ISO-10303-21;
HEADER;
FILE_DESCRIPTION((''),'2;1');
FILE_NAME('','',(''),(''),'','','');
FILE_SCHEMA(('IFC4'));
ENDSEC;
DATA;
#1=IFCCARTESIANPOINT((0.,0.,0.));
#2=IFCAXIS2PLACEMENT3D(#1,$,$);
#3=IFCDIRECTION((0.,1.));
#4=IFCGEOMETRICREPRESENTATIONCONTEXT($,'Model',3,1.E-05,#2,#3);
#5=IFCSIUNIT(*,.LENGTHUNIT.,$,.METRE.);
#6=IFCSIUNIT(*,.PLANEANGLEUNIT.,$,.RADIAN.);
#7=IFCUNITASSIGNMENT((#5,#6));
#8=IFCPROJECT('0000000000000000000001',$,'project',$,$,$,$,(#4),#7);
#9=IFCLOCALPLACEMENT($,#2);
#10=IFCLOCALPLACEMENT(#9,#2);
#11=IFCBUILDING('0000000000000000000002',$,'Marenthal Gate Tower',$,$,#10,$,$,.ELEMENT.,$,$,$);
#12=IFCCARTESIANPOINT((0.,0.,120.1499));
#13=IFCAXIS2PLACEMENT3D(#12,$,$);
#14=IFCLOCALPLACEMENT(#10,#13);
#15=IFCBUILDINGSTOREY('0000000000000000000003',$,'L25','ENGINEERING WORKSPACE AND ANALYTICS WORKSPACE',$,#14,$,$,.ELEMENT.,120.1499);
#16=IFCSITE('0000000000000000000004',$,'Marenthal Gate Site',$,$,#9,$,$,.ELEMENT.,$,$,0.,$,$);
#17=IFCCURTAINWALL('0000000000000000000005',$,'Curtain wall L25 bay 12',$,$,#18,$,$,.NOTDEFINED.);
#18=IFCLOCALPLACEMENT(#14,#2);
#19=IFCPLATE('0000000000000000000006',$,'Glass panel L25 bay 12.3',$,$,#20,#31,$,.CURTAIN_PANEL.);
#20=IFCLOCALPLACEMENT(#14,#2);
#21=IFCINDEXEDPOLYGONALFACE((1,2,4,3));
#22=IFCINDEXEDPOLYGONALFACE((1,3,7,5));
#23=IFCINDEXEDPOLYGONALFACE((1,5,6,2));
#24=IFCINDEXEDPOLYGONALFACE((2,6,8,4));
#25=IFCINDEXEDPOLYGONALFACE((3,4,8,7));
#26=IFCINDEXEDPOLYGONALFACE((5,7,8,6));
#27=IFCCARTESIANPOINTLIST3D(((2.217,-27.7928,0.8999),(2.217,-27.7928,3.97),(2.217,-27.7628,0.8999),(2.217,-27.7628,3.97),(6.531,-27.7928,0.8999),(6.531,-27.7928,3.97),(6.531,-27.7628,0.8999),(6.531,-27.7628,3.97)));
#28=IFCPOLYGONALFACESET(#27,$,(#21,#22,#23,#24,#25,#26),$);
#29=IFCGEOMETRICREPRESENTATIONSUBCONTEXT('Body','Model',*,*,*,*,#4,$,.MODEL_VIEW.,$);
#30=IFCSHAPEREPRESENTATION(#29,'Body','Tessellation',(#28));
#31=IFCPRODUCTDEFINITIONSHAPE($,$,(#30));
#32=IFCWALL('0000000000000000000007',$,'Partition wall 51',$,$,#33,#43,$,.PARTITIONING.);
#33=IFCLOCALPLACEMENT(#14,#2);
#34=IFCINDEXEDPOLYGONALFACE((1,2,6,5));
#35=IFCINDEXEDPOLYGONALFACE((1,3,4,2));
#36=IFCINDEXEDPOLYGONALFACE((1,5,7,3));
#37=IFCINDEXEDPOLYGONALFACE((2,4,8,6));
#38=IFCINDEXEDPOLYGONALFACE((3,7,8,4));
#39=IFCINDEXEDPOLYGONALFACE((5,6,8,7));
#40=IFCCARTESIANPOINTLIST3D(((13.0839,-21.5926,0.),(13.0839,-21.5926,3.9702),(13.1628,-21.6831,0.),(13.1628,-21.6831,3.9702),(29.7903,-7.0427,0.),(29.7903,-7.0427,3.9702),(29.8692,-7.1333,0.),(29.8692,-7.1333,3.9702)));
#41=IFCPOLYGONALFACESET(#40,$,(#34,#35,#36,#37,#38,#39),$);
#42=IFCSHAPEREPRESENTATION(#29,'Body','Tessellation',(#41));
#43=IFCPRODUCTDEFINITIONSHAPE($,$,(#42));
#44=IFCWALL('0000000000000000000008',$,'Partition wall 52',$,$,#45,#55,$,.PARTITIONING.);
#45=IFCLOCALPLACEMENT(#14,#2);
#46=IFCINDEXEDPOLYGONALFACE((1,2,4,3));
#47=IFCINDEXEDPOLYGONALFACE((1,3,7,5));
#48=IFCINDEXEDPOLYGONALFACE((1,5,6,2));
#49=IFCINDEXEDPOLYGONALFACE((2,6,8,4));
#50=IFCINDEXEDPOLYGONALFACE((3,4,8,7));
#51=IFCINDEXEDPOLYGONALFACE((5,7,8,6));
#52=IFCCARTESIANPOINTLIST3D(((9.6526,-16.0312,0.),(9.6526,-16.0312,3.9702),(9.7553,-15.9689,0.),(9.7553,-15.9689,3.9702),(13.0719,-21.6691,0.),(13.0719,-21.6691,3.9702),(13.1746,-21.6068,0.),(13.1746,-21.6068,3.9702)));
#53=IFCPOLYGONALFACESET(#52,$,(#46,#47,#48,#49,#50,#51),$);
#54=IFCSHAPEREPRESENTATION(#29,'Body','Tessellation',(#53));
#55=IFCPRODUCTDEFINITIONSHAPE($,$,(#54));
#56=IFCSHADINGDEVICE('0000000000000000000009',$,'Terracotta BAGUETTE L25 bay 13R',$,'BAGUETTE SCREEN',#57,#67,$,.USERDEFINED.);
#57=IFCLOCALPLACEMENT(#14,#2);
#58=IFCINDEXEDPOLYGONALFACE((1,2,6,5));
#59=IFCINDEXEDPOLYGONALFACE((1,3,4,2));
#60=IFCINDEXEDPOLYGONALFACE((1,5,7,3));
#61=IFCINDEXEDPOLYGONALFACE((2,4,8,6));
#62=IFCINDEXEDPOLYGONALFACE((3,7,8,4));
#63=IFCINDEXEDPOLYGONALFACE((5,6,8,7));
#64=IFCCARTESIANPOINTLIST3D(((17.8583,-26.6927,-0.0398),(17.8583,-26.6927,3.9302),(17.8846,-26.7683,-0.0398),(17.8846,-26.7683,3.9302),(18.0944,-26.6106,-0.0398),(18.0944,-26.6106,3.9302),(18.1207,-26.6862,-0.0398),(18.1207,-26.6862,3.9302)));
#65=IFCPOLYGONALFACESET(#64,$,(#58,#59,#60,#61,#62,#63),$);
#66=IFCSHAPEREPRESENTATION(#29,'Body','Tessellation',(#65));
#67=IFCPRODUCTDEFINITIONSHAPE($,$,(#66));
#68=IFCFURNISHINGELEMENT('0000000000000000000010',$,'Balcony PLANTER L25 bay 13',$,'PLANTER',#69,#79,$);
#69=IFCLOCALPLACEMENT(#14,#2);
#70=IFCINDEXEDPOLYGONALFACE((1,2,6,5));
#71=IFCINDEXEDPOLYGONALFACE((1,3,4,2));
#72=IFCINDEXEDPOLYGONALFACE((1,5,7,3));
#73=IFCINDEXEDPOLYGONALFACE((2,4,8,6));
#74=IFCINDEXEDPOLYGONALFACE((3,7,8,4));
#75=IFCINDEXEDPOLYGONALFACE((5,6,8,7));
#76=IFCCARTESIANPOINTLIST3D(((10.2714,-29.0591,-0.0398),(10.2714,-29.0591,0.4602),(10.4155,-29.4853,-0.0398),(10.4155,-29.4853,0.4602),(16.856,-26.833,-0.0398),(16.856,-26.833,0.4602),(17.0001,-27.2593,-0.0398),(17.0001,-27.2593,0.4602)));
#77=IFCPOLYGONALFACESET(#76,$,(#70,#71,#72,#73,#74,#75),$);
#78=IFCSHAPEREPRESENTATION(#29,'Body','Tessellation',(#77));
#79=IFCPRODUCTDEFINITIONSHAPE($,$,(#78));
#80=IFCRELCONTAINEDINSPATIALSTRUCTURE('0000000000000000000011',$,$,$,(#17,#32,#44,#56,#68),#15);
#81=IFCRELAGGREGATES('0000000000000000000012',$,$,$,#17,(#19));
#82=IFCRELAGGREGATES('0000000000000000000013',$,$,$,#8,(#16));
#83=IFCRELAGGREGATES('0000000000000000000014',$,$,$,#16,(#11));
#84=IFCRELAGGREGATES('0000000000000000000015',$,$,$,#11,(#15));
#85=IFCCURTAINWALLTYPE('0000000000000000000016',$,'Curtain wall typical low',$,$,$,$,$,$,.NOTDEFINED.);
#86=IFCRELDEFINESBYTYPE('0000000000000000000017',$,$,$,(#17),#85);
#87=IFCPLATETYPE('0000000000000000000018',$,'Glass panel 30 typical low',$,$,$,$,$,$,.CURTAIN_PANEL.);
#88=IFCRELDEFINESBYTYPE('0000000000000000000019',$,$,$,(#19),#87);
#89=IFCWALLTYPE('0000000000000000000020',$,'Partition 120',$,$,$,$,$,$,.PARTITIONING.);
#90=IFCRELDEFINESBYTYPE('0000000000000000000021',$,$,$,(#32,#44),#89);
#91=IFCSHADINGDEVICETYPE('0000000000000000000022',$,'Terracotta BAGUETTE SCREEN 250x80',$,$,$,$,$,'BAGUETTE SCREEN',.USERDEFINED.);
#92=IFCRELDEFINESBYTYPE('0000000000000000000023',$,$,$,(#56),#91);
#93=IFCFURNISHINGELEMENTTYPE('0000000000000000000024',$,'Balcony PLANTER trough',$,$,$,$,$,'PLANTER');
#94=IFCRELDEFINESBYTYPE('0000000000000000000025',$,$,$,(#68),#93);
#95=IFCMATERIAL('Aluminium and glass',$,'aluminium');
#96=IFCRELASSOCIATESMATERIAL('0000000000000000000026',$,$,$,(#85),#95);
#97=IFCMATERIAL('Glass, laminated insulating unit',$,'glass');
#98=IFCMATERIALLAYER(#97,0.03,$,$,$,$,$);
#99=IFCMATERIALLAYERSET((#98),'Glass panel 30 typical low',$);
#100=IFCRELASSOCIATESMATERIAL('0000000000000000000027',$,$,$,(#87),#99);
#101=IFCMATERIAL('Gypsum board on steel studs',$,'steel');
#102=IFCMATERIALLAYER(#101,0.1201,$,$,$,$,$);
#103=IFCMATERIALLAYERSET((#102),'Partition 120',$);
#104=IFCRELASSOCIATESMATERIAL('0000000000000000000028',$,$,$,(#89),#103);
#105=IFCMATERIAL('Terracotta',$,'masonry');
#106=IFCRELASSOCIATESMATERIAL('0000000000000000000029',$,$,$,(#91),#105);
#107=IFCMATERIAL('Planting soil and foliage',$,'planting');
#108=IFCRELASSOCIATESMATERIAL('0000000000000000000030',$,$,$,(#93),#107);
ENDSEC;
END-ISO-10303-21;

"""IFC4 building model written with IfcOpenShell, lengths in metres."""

from ifc_helpers import new_model, si_unit, direction, frame, frame_2d, origin, origin_2d, place, context, subcontext, project, spatial, rectangle, extrude, material, layer, layer_set, material_profile, profile_set, type_object, element, aggregate, save


model = new_model("IFC4")

# Units and contexts
model_context = context("Model", 3, precision=1e-05, world=origin(), true_north=direction((0.0, 1.0)))
body_context = subcontext(model_context, "Body", "Model", "MODEL_VIEW")
ifc_project = project(units=[si_unit("LENGTHUNIT", "METRE"), si_unit("PLANEANGLEUNIT", "RADIAN")], contexts=[model_context])

# Site, building, storey
site_placement = place(None, origin())
site = spatial("IfcSite", under=ifc_project, at=site_placement, Name="Marenthal Gate Site", CompositionType="ELEMENT", RefElevation=0.0)
building_placement = place(site_placement, origin())
building = spatial("IfcBuilding", under=site, at=building_placement, Name="Marenthal Gate Tower", CompositionType="ELEMENT")
storey_placement = place(building_placement, frame((0.0, 0.0, 120.1499)))
storey = spatial("IfcBuildingStorey", under=building, at=storey_placement, Name="L25", Description="ENGINEERING WORKSPACE AND ANALYTICS WORKSPACE", CompositionType="ELEMENT", Elevation=120.1499)

# Curtain wall
ifc_material_1 = material(Name="Aluminium and glass", Category="aluminium")
curtain_wall_type = type_object("IfcCurtainWallType", Name="Curtain wall typical low", PredefinedType="NOTDEFINED", material=ifc_material_1)
curtain_wall_placement = place(storey_placement, origin())
curtain_wall = element("IfcCurtainWall", 1, at=curtain_wall_placement, inside=storey, type_object=curtain_wall_type, Name="Curtain wall L25 bay 12", PredefinedType="NOTDEFINED")

# Plate
ifc_material_2 = material(Name="Glass, laminated insulating unit", Category="glass")
ifc_layer_1 = layer(ifc_material_2, 0.03)
ifc_layer_set_1 = layer_set([ifc_layer_1], Name="Glass panel 30 typical low")
plate_type = type_object("IfcPlateType", Name="Glass panel 30 typical low", PredefinedType="CURTAIN_PANEL", material=ifc_layer_set_1)
plate_placement = place(storey_placement, frame((4.374, -27.7778, 0.8999), z_axis=(0.0, 0.0, 1.0), x_axis=(1.0, 0.0, 0.0)))
plate = element("IfcPlate", 2, at=plate_placement, type_object=plate_type, Name="Glass panel L25 bay 12.3", PredefinedType="CURTAIN_PANEL", context=body_context, shape_type="SweptSolid", body=[
    extrude(rectangle(XDim=4.314, YDim=0.03, at=origin_2d()), origin(), (0.0, 0.0, 1.0), 3.0701),
])
aggregate(curtain_wall, [plate])

# Walls
ifc_material_3 = material(Name="Gypsum board on steel studs", Category="steel")
ifc_layer_2 = layer(ifc_material_3, 0.1201)
ifc_layer_set_2 = layer_set([ifc_layer_2], Name="Partition 120")
wall_type_1 = type_object("IfcWallType", Name="Partition 120", PredefinedType="PARTITIONING", material=ifc_layer_set_2)
wall_1_placement = place(storey_placement, frame((13.1233, -21.6379, 0.0), z_axis=(0.0, 0.0, 1.0), x_axis=(0.7541, 0.656759, 0.0)))
element("IfcWall", 3, at=wall_1_placement, inside=storey, type_object=wall_type_1, Name="Partition wall 51", PredefinedType="PARTITIONING", context=body_context, shape_type="SweptSolid", body=[
    extrude(rectangle(XDim=22.1541, YDim=0.1201, at=frame_2d((11.0771, 0.0))), origin(), (0.0, 0.0, 1.0), 3.9702),
])
wall_2_placement = place(storey_placement, frame((13.1233, -21.6379, 0.0), z_axis=(0.0, 0.0, 1.0), x_axis=(-0.518579, 0.85503, 0.0)))
element("IfcWall", 4, at=wall_2_placement, inside=storey, type_object=wall_type_1, Name="Partition wall 52", PredefinedType="PARTITIONING", context=body_context, shape_type="SweptSolid", body=[
    extrude(rectangle(XDim=6.5938, YDim=0.1201, at=frame_2d((3.2969, 0.0))), origin(), (0.0, 0.0, 1.0), 3.9702),
])

# Shading device
ifc_material_4 = material(Name="Terracotta", Category="masonry")
ifc_material_profile_1 = material_profile(ifc_material_4, rectangle(XDim=0.25, YDim=0.0801, at=origin_2d()), Name="Terracotta baguette 250x80")
ifc_profile_set_1 = profile_set([ifc_material_profile_1], Name="Terracotta")
shading_device_type = type_object("IfcShadingDeviceType", Name="Terracotta BAGUETTE SCREEN 250x80", ElementType="BAGUETTE SCREEN", PredefinedType="USERDEFINED", material=ifc_profile_set_1)
shading_device_placement = place(storey_placement, frame((17.9895, -26.6895, -0.0398), z_axis=(0.0, 0.0, 1.0), x_axis=(0.944576, 0.328292, 0.0)))
element("IfcShadingDevice", 5, at=shading_device_placement, inside=storey, type_object=shading_device_type, Name="Terracotta BAGUETTE L25 bay 13R", ObjectType="BAGUETTE SCREEN", PredefinedType="USERDEFINED", context=body_context, shape_type="SweptSolid", body=[
    extrude(rectangle(XDim=0.25, YDim=0.0801, at=origin_2d()), origin(), (0.0, 0.0, 1.0), 3.97),
])

# Furnishing element
ifc_material_5 = material(Name="Planting soil and foliage", Category="planting")
furnishing_element_type = type_object("IfcFurnishingElementType", Name="Balcony PLANTER trough", ElementType="PLANTER", material=ifc_material_5)
furnishing_placement = place(storey_placement, frame((13.6357, -28.1592, -0.0398), z_axis=(0.0, 0.0, 1.0), x_axis=(0.947329, 0.320262, 0.0)))
element("IfcFurnishingElement", 6, at=furnishing_placement, inside=storey, type_object=furnishing_element_type, Name="Balcony PLANTER L25 bay 13", ObjectType="PLANTER", context=body_context, shape_type="SweptSolid", body=[
    extrude(rectangle(XDim=6.9507, YDim=0.45, at=origin_2d()), origin(), (0.0, 0.0, 1.0), 0.5),
])

save(model, "model.ifc")
